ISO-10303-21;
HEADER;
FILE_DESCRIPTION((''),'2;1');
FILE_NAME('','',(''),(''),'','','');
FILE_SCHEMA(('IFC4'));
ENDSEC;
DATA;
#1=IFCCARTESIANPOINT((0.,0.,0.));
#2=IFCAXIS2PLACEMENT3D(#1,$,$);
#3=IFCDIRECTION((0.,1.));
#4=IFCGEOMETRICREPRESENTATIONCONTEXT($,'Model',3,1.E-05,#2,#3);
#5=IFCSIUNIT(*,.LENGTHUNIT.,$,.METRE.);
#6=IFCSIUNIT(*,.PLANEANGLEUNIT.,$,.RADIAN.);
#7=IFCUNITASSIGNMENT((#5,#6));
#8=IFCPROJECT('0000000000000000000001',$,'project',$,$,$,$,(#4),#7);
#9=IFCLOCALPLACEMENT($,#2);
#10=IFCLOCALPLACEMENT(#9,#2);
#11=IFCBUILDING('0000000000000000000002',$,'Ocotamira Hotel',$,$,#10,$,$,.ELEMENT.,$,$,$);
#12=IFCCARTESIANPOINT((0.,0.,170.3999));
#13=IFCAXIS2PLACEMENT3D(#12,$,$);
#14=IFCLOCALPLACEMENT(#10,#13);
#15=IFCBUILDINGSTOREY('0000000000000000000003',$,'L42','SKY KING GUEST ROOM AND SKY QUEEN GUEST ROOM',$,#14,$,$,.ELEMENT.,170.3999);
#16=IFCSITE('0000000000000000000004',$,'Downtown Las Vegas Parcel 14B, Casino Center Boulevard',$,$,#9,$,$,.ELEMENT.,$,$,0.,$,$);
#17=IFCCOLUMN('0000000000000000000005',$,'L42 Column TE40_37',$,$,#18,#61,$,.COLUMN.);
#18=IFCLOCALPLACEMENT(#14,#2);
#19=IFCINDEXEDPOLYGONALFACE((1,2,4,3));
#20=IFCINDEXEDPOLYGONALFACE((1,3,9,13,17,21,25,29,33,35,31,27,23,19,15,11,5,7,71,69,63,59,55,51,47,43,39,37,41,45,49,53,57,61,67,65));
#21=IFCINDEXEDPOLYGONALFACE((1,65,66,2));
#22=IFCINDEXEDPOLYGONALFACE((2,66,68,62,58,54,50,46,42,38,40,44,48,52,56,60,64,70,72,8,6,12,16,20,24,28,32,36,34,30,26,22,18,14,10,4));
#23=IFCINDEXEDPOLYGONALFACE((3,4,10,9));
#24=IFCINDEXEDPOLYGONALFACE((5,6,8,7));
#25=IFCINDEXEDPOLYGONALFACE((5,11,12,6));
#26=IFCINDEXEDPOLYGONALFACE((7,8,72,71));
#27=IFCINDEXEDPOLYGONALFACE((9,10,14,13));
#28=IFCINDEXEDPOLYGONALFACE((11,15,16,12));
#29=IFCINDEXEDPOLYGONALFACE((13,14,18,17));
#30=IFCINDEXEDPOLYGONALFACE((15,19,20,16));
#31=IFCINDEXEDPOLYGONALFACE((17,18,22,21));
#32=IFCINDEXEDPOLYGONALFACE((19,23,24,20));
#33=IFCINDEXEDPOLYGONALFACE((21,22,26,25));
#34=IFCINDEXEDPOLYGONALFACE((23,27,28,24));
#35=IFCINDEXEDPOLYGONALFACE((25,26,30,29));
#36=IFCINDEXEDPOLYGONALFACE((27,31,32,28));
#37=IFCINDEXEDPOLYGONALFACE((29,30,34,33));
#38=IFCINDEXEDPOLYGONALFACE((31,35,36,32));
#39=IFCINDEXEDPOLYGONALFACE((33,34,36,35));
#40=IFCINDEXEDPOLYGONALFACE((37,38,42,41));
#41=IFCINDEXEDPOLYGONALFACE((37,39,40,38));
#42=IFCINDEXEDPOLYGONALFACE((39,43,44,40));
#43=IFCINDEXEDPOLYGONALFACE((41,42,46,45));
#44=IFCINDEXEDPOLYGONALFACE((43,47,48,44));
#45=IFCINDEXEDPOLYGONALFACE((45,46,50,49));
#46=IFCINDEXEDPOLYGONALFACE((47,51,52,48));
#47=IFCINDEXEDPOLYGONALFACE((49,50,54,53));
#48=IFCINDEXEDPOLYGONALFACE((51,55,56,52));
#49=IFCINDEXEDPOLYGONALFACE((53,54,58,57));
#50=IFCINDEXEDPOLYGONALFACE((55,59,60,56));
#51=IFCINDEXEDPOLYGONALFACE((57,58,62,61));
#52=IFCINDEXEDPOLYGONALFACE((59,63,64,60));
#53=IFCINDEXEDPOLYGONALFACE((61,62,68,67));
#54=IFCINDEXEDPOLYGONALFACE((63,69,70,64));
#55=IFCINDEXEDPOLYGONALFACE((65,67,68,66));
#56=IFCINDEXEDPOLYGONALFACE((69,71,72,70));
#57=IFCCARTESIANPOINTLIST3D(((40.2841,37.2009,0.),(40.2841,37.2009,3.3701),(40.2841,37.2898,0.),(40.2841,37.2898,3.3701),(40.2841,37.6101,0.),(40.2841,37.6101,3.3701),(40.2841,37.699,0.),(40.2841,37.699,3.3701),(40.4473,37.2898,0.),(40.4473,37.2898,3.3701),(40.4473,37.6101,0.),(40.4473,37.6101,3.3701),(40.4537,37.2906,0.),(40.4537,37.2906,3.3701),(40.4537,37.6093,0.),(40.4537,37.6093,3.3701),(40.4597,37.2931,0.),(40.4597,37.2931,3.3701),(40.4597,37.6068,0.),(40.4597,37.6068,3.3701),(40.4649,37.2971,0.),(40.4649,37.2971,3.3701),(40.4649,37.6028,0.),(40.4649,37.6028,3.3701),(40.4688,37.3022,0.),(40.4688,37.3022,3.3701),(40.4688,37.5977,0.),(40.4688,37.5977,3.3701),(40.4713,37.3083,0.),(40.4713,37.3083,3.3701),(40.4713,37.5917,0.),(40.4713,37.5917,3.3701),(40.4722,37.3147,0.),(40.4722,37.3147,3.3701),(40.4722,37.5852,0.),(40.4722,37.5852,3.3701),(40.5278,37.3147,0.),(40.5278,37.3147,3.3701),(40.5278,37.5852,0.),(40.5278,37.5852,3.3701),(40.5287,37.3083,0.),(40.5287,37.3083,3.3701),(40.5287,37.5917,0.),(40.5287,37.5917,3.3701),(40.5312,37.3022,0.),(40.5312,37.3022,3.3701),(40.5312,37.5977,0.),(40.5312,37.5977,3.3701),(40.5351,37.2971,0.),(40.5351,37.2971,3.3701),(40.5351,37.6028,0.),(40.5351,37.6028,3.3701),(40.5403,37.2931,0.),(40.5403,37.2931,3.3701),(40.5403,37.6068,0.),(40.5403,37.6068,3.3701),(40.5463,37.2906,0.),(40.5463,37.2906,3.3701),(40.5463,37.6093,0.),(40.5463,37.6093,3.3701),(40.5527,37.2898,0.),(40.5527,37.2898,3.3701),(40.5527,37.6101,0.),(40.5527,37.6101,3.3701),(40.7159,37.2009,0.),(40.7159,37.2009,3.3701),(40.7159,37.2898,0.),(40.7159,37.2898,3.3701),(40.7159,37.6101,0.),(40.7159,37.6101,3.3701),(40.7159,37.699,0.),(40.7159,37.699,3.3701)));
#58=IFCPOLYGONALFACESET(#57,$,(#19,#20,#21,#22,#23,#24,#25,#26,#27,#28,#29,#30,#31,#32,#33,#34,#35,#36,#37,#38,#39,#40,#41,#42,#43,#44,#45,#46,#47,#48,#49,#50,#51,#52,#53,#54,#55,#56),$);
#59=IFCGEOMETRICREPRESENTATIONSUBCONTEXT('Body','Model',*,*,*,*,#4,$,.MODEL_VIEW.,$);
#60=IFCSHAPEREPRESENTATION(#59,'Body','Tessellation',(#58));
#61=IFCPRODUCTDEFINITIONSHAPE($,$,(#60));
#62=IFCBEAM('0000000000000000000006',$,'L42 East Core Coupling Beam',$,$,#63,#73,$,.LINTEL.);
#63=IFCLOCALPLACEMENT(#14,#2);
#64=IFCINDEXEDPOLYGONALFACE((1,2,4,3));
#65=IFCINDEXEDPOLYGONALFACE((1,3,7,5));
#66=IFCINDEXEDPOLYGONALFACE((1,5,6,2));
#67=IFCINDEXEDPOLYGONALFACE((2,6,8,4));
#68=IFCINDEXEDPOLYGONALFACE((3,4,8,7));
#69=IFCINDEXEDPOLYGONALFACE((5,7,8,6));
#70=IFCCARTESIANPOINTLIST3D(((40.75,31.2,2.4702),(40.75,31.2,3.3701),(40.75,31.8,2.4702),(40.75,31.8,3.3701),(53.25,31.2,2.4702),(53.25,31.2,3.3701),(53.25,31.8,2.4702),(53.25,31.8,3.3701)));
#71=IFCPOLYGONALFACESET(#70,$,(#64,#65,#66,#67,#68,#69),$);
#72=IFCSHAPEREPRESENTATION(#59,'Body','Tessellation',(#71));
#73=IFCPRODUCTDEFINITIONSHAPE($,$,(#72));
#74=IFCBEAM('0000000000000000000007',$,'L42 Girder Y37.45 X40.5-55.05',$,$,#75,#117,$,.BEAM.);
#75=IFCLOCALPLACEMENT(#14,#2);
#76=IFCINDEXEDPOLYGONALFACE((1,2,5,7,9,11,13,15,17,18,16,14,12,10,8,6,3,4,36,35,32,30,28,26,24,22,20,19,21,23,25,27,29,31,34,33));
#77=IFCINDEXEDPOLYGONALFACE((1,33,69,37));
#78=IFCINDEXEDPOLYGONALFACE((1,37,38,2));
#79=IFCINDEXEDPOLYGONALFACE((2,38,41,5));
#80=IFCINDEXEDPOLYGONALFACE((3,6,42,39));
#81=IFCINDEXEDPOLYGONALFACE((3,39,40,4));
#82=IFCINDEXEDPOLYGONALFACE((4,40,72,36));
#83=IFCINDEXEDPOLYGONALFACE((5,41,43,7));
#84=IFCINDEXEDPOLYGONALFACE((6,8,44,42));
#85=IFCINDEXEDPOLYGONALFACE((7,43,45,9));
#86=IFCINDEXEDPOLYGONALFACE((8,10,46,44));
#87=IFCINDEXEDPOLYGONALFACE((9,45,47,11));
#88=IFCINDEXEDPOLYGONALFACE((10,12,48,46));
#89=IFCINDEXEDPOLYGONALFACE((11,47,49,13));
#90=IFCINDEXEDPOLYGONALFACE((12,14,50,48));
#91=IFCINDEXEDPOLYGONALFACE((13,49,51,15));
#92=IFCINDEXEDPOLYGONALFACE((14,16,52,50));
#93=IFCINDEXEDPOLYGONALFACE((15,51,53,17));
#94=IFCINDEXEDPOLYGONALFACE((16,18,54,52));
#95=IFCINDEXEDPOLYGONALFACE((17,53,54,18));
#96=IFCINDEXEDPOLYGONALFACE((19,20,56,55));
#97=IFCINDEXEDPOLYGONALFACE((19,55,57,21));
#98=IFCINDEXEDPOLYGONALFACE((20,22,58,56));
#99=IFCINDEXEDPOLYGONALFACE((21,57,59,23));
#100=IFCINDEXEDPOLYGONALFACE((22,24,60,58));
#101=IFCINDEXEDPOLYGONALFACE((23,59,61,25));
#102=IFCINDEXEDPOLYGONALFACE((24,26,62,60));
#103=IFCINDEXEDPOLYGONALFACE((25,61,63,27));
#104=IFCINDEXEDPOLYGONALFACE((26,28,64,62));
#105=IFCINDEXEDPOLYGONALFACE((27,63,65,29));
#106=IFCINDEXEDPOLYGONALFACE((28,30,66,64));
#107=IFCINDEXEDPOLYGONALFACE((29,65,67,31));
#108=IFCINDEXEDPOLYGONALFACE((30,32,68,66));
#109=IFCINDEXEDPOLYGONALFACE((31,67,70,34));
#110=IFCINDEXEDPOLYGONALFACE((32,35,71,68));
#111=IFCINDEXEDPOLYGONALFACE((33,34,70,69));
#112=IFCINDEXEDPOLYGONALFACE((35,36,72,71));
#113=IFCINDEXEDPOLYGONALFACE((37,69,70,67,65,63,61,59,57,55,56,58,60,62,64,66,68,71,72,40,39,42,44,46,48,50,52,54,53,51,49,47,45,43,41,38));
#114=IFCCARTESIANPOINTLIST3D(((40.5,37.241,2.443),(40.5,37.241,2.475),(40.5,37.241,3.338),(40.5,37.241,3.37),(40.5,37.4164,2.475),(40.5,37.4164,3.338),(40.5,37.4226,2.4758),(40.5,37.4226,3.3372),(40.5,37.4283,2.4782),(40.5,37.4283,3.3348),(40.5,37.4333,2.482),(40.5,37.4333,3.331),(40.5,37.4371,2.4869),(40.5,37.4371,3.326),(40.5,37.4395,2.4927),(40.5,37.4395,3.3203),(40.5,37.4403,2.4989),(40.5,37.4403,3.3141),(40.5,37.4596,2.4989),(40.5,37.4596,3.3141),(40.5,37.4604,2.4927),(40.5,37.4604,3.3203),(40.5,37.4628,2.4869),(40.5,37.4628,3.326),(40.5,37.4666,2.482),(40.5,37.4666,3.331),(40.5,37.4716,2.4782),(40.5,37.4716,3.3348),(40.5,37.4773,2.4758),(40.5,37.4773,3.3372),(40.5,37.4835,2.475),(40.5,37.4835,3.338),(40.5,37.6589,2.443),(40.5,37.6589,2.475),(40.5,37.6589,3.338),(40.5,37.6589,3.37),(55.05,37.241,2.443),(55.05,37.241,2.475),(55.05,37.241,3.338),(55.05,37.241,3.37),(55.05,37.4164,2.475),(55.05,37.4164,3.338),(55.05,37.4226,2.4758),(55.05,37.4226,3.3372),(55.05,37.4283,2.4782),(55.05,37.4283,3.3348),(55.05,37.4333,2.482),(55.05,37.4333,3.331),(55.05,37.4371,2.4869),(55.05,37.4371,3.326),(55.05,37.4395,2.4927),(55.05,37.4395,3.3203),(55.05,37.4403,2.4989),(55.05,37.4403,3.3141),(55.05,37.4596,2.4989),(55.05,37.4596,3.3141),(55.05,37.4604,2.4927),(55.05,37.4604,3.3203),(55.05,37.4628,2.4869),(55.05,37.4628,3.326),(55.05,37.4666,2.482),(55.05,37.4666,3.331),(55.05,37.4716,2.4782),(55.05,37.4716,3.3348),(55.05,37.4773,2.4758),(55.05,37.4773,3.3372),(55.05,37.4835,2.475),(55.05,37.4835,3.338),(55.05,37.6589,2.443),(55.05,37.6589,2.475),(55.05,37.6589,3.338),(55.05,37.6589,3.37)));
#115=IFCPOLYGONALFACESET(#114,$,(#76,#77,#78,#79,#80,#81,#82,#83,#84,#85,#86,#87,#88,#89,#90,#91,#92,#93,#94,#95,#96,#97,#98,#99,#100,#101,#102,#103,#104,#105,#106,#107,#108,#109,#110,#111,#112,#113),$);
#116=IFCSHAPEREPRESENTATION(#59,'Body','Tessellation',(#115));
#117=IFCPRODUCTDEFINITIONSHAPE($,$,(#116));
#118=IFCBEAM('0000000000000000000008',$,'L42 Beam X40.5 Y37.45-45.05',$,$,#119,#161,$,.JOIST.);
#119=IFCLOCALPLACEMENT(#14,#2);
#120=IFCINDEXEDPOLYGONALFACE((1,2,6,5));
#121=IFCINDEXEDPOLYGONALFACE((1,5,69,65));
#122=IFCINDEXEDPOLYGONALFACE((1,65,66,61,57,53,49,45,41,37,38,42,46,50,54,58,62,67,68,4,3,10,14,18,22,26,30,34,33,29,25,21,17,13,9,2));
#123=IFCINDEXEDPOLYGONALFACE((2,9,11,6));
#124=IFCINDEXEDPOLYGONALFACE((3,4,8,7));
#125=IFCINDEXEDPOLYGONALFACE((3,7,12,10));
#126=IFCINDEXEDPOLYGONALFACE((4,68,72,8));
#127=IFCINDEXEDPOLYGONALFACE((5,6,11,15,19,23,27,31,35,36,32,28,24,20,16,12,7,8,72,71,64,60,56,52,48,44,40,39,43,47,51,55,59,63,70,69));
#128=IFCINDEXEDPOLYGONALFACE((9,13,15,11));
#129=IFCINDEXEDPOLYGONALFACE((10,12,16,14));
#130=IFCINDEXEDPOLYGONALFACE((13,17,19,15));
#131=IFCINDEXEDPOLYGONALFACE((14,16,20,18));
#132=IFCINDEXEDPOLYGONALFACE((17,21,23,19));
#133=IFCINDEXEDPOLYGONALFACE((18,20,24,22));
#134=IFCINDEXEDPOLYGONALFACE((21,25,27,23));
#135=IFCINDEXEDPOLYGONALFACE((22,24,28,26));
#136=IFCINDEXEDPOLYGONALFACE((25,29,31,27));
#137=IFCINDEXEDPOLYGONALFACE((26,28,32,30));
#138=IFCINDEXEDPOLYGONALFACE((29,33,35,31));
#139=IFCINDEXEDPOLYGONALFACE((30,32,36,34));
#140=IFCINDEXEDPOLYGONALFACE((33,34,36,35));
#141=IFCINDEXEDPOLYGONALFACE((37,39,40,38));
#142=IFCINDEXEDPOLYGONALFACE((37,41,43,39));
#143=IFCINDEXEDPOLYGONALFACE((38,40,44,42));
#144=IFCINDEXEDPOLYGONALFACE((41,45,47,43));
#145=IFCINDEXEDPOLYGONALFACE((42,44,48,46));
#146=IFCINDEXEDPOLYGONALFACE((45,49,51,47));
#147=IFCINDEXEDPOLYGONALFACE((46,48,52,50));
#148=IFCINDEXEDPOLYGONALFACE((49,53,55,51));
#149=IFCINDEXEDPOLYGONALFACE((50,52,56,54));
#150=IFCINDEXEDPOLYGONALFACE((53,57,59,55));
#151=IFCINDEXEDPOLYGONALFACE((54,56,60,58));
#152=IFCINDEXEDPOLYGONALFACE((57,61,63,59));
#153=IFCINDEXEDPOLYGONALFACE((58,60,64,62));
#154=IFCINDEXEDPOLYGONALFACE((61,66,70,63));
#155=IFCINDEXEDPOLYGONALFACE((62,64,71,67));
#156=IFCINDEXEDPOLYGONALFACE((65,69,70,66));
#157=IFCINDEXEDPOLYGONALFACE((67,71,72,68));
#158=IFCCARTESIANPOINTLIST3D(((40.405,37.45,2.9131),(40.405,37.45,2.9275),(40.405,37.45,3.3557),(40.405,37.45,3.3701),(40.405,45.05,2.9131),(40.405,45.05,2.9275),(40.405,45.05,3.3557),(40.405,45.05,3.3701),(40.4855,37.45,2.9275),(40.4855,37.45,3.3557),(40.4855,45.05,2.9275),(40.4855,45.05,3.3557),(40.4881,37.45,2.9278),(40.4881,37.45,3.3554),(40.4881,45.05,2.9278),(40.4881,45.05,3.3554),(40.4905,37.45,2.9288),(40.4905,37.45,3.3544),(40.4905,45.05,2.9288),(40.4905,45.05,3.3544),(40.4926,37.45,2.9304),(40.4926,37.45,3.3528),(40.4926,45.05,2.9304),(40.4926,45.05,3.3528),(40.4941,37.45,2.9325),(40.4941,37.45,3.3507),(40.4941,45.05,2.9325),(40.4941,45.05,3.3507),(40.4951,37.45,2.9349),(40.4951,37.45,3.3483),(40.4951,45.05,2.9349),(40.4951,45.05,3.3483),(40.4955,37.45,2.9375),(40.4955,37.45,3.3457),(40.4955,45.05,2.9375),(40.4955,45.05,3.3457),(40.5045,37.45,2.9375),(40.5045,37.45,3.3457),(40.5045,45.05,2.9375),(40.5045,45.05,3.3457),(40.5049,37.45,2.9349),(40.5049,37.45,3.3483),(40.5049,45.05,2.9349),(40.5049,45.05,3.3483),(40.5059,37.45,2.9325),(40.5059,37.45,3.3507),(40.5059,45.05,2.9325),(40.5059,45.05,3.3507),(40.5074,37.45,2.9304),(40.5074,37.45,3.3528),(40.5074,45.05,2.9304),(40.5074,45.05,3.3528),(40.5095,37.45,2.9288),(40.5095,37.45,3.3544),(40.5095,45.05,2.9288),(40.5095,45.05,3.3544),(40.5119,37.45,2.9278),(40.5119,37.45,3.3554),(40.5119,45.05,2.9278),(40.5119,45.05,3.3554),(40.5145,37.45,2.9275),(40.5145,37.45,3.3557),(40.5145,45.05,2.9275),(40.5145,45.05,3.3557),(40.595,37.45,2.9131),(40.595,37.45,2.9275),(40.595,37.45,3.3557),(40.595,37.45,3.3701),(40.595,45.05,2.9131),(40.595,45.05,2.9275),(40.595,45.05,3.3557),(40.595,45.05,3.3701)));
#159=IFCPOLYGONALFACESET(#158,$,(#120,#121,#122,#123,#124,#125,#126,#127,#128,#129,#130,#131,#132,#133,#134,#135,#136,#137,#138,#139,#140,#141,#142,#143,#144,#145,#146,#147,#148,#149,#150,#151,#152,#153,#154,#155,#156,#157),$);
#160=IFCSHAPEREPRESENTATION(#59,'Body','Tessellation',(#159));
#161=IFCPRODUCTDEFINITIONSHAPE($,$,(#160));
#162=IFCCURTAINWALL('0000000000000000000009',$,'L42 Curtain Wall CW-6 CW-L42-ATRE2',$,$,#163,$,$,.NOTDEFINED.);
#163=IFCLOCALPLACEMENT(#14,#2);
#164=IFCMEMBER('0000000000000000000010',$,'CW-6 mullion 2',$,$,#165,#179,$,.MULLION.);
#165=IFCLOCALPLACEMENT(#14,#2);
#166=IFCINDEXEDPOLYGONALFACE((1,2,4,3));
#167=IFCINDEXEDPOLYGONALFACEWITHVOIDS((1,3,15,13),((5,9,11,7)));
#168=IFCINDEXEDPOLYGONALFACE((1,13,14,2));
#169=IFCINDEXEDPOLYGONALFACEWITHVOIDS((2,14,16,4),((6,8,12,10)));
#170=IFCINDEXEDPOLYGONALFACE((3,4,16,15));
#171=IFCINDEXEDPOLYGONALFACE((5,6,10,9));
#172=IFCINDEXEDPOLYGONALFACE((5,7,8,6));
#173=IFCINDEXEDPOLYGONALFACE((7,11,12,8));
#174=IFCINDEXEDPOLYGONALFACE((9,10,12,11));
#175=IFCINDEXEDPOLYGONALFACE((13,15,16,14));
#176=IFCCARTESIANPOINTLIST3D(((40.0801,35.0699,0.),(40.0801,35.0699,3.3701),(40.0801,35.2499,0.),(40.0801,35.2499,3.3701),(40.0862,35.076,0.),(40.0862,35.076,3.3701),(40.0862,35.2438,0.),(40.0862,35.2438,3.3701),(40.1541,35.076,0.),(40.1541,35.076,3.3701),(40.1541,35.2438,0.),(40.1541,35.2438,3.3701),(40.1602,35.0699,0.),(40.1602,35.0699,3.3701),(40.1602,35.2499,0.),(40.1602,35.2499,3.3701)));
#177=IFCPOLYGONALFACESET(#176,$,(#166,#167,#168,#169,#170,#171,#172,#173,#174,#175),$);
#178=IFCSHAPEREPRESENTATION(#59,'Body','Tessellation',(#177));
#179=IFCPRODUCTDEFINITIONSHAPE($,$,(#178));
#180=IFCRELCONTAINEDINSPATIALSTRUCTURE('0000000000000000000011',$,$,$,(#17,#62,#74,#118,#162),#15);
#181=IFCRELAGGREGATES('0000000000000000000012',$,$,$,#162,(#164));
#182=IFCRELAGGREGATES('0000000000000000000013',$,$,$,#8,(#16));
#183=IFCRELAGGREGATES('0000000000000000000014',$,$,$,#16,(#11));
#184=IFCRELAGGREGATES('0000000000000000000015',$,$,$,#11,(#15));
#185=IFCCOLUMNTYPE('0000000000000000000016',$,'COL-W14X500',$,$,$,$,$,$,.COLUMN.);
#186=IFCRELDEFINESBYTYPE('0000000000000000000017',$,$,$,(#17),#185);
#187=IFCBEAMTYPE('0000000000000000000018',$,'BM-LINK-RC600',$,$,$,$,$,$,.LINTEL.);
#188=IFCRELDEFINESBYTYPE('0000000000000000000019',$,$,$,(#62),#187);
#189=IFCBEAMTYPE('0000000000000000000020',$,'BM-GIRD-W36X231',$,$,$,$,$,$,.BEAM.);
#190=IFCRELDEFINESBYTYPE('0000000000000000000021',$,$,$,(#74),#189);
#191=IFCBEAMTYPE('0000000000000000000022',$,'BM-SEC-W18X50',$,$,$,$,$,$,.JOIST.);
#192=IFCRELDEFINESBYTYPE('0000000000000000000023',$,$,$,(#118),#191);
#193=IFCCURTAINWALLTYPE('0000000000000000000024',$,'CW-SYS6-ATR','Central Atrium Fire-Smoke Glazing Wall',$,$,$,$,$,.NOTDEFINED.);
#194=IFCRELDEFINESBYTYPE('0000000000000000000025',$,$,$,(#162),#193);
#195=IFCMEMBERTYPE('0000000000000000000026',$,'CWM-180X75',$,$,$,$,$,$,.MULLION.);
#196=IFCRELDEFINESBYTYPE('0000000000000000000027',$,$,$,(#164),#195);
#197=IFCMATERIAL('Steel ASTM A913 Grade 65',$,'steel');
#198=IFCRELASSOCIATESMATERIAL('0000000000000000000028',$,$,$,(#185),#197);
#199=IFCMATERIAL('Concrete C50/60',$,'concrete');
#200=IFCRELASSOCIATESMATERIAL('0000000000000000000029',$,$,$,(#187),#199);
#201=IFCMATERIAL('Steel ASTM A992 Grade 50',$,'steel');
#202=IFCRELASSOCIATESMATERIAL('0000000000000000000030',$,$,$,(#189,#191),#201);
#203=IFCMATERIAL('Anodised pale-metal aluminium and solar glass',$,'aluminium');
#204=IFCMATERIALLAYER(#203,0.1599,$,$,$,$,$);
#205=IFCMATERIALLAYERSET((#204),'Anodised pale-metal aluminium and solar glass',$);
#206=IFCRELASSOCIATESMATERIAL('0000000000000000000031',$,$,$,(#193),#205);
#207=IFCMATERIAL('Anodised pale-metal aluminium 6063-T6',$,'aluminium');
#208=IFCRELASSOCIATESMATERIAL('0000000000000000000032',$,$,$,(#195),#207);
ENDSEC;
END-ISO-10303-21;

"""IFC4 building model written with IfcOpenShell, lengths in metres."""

from ifc_helpers import new_model, si_unit, direction, frame, origin, origin_2d, place, context, subcontext, project, spatial, rectangle, hollow_rectangle, i_section, extrude, source, transform, mapped, material, layer, layer_set, material_profile, profile_set, type_object, element, aggregate, save


model = new_model("IFC4")

# Units and contexts
model_context = context("Model", 3, precision=1e-05, world=origin(), true_north=direction((0.0, 1.0)))
body_context = subcontext(model_context, "Body", "Model", "MODEL_VIEW")
ifc_project = project(units=[si_unit("LENGTHUNIT", "METRE"), si_unit("PLANEANGLEUNIT", "RADIAN")], contexts=[model_context])

# Site, building, storey
site_placement = place(None, origin())
site = spatial("IfcSite", under=ifc_project, at=site_placement, Name="Downtown Las Vegas Parcel 14B, Casino Center Boulevard", CompositionType="ELEMENT", RefElevation=0.0)
building_placement = place(site_placement, origin())
building = spatial("IfcBuilding", under=site, at=building_placement, Name="Ocotamira Hotel", CompositionType="ELEMENT")
storey_placement = place(building_placement, frame((0.0, 0.0, 170.3999)))
storey = spatial("IfcBuildingStorey", under=building, at=storey_placement, Name="L42", Description="SKY KING GUEST ROOM AND SKY QUEEN GUEST ROOM", CompositionType="ELEMENT", Elevation=170.3999)

# Column
ifc_material_1 = material(Name="Steel ASTM A913 Grade 65", Category="steel")
ifc_material_profile_1 = material_profile(ifc_material_1, i_section(OverallWidth=0.4319, OverallDepth=0.498, WebThickness=0.0557, FlangeThickness=0.0889, FilletRadius=0.0249, at=origin_2d()), Name="W14X500")
ifc_profile_set_1 = profile_set([ifc_material_profile_1], Name="Steel ASTM A913 Grade 65")
column_type = type_object("IfcColumnType", Name="COL-W14X500", PredefinedType="COLUMN", material=ifc_profile_set_1)
shared_shape_1 = source(origin(), body_context, "Body", "SweptSolid", [
    extrude(i_section(OverallWidth=0.4319, OverallDepth=0.498, WebThickness=0.0557, FlangeThickness=0.0889, FilletRadius=0.0249, at=origin_2d()), origin(), (0.0, 0.0, 1.0), 3.3701),
])
column_placement = place(storey_placement, frame((40.5, 37.45, 0.0), z_axis=(0.0, 0.0, 1.0), x_axis=(1.0, 0.0, 0.0)))
element("IfcColumn", 1, at=column_placement, inside=storey, type_object=column_type, Name="L42 Column TE40_37", PredefinedType="COLUMN", context=body_context, shape_type="MappedRepresentation", body=[
    mapped(shared_shape_1, transform((0.0, 0.0, 0.0), scale=1.0)),
])

# Beams
ifc_material_2 = material(Name="Concrete C50/60", Category="concrete")
ifc_material_profile_2 = material_profile(ifc_material_2, rectangle(XDim=0.6001, YDim=0.8999, at=origin_2d()), Name="RC600X900")
ifc_profile_set_2 = profile_set([ifc_material_profile_2], Name="Concrete C50/60")
beam_type_1 = type_object("IfcBeamType", Name="BM-LINK-RC600", PredefinedType="LINTEL", material=ifc_profile_set_2)
shared_shape_2 = source(origin(), body_context, "Body", "SweptSolid", [
    extrude(rectangle(XDim=0.6001, YDim=0.8999, at=origin_2d()), origin(), (0.0, 0.0, 1.0), 12.5),
])
beam_1_placement = place(storey_placement, frame((40.75, 31.5, 2.9202), z_axis=(1.0, 0.0, 0.0), x_axis=(0.0, 1.0, 0.0)))
element("IfcBeam", 2, at=beam_1_placement, inside=storey, type_object=beam_type_1, Name="L42 East Core Coupling Beam", PredefinedType="LINTEL", context=body_context, shape_type="MappedRepresentation", body=[
    mapped(shared_shape_2, transform((0.0, 0.0, 0.0), scale=1.0)),
])
ifc_material_3 = material(Name="Steel ASTM A992 Grade 50", Category="steel")
ifc_material_profile_3 = material_profile(ifc_material_3, i_section(OverallWidth=0.418, OverallDepth=0.927, WebThickness=0.0193, FlangeThickness=0.032, FilletRadius=0.0239, at=origin_2d()), Name="W36X231")
ifc_profile_set_3 = profile_set([ifc_material_profile_3], Name="Steel ASTM A992 Grade 50")
beam_type_2 = type_object("IfcBeamType", Name="BM-GIRD-W36X231", PredefinedType="BEAM", material=ifc_profile_set_3)
shared_shape_3 = source(origin(), body_context, "Body", "SweptSolid", [
    extrude(i_section(OverallWidth=0.418, OverallDepth=0.927, WebThickness=0.0193, FlangeThickness=0.032, FilletRadius=0.0239, at=origin_2d()), origin(), (0.0, 0.0, 1.0), 14.55),
])
beam_2_placement = place(storey_placement, frame((40.5, 37.45, 2.9065), z_axis=(1.0, 0.0, 0.0), x_axis=(0.0, 1.0, 0.0)))
element("IfcBeam", 3, at=beam_2_placement, inside=storey, type_object=beam_type_2, Name="L42 Girder Y37.45 X40.5-55.05", PredefinedType="BEAM", context=body_context, shape_type="MappedRepresentation", body=[
    mapped(shared_shape_3, transform((0.0, 0.0, 0.0), scale=1.0)),
])
ifc_material_profile_4 = material_profile(ifc_material_3, i_section(OverallWidth=0.1899, OverallDepth=0.457, WebThickness=0.009, FlangeThickness=0.0144, FilletRadius=0.01, at=origin_2d()), Name="W18X50")
ifc_profile_set_4 = profile_set([ifc_material_profile_4], Name="Steel ASTM A992 Grade 50")
beam_type_3 = type_object("IfcBeamType", Name="BM-SEC-W18X50", PredefinedType="JOIST", material=ifc_profile_set_4)
shared_shape_4 = source(origin(), body_context, "Body", "SweptSolid", [
    extrude(i_section(OverallWidth=0.1899, OverallDepth=0.457, WebThickness=0.009, FlangeThickness=0.0144, FilletRadius=0.01, at=origin_2d()), origin(), (0.0, 0.0, 1.0), 7.6001),
])
beam_3_placement = place(storey_placement, frame((40.5, 37.45, 3.1416), z_axis=(0.0, 1.0, 0.0), x_axis=(-1.0, 0.0, 0.0)))
element("IfcBeam", 4, at=beam_3_placement, inside=storey, type_object=beam_type_3, Name="L42 Beam X40.5 Y37.45-45.05", PredefinedType="JOIST", context=body_context, shape_type="MappedRepresentation", body=[
    mapped(shared_shape_4, transform((0.0, 0.0, 0.0), scale=1.0)),
])

# Curtain wall, member
ifc_material_4 = material(Name="Anodised pale-metal aluminium and solar glass", Category="aluminium")
ifc_layer_1 = layer(ifc_material_4, 0.1599)
ifc_layer_set_1 = layer_set([ifc_layer_1], Name="Anodised pale-metal aluminium and solar glass")
curtain_wall_type = type_object("IfcCurtainWallType", Name="CW-SYS6-ATR", Description="Central Atrium Fire-Smoke Glazing Wall", PredefinedType="NOTDEFINED", material=ifc_layer_set_1)
curtain_wall_placement = place(storey_placement, origin())
curtain_wall = element("IfcCurtainWall", 5, at=curtain_wall_placement, inside=storey, type_object=curtain_wall_type, Name="L42 Curtain Wall CW-6 CW-L42-ATRE2", PredefinedType="NOTDEFINED")
ifc_material_5 = material(Name="Anodised pale-metal aluminium 6063-T6", Category="aluminium")
ifc_material_profile_5 = material_profile(ifc_material_5, hollow_rectangle(XDim=0.0801, YDim=0.1799, WallThickness=0.0061, at=origin_2d()), Name="HSS180X80X6")
ifc_profile_set_5 = profile_set([ifc_material_profile_5], Name="Anodised pale-metal aluminium 6063-T6")
member_type_1 = type_object("IfcMemberType", Name="CWM-180X75", PredefinedType="MULLION", material=ifc_profile_set_5)
shared_shape_5 = source(origin(), body_context, "Body", "SweptSolid", [
    extrude(hollow_rectangle(XDim=0.0801, YDim=0.1799, WallThickness=0.0061, at=origin_2d()), origin(), (0.0, 0.0, 1.0), 3.3701),
])
member_1_placement = place(storey_placement, frame((40.1201, 35.1599, 0.0), z_axis=(0.0, 0.0, 1.0), x_axis=(-1.0, 0.0, 0.0)))
member_1 = element("IfcMember", 6, at=member_1_placement, type_object=member_type_1, Name="CW-6 mullion 2", PredefinedType="MULLION", context=body_context, shape_type="MappedRepresentation", body=[
    mapped(shared_shape_5, transform((0.0, 0.0, 0.0), scale=1.0)),
])
aggregate(curtain_wall, [member_1])

save(model, "model.ifc")
